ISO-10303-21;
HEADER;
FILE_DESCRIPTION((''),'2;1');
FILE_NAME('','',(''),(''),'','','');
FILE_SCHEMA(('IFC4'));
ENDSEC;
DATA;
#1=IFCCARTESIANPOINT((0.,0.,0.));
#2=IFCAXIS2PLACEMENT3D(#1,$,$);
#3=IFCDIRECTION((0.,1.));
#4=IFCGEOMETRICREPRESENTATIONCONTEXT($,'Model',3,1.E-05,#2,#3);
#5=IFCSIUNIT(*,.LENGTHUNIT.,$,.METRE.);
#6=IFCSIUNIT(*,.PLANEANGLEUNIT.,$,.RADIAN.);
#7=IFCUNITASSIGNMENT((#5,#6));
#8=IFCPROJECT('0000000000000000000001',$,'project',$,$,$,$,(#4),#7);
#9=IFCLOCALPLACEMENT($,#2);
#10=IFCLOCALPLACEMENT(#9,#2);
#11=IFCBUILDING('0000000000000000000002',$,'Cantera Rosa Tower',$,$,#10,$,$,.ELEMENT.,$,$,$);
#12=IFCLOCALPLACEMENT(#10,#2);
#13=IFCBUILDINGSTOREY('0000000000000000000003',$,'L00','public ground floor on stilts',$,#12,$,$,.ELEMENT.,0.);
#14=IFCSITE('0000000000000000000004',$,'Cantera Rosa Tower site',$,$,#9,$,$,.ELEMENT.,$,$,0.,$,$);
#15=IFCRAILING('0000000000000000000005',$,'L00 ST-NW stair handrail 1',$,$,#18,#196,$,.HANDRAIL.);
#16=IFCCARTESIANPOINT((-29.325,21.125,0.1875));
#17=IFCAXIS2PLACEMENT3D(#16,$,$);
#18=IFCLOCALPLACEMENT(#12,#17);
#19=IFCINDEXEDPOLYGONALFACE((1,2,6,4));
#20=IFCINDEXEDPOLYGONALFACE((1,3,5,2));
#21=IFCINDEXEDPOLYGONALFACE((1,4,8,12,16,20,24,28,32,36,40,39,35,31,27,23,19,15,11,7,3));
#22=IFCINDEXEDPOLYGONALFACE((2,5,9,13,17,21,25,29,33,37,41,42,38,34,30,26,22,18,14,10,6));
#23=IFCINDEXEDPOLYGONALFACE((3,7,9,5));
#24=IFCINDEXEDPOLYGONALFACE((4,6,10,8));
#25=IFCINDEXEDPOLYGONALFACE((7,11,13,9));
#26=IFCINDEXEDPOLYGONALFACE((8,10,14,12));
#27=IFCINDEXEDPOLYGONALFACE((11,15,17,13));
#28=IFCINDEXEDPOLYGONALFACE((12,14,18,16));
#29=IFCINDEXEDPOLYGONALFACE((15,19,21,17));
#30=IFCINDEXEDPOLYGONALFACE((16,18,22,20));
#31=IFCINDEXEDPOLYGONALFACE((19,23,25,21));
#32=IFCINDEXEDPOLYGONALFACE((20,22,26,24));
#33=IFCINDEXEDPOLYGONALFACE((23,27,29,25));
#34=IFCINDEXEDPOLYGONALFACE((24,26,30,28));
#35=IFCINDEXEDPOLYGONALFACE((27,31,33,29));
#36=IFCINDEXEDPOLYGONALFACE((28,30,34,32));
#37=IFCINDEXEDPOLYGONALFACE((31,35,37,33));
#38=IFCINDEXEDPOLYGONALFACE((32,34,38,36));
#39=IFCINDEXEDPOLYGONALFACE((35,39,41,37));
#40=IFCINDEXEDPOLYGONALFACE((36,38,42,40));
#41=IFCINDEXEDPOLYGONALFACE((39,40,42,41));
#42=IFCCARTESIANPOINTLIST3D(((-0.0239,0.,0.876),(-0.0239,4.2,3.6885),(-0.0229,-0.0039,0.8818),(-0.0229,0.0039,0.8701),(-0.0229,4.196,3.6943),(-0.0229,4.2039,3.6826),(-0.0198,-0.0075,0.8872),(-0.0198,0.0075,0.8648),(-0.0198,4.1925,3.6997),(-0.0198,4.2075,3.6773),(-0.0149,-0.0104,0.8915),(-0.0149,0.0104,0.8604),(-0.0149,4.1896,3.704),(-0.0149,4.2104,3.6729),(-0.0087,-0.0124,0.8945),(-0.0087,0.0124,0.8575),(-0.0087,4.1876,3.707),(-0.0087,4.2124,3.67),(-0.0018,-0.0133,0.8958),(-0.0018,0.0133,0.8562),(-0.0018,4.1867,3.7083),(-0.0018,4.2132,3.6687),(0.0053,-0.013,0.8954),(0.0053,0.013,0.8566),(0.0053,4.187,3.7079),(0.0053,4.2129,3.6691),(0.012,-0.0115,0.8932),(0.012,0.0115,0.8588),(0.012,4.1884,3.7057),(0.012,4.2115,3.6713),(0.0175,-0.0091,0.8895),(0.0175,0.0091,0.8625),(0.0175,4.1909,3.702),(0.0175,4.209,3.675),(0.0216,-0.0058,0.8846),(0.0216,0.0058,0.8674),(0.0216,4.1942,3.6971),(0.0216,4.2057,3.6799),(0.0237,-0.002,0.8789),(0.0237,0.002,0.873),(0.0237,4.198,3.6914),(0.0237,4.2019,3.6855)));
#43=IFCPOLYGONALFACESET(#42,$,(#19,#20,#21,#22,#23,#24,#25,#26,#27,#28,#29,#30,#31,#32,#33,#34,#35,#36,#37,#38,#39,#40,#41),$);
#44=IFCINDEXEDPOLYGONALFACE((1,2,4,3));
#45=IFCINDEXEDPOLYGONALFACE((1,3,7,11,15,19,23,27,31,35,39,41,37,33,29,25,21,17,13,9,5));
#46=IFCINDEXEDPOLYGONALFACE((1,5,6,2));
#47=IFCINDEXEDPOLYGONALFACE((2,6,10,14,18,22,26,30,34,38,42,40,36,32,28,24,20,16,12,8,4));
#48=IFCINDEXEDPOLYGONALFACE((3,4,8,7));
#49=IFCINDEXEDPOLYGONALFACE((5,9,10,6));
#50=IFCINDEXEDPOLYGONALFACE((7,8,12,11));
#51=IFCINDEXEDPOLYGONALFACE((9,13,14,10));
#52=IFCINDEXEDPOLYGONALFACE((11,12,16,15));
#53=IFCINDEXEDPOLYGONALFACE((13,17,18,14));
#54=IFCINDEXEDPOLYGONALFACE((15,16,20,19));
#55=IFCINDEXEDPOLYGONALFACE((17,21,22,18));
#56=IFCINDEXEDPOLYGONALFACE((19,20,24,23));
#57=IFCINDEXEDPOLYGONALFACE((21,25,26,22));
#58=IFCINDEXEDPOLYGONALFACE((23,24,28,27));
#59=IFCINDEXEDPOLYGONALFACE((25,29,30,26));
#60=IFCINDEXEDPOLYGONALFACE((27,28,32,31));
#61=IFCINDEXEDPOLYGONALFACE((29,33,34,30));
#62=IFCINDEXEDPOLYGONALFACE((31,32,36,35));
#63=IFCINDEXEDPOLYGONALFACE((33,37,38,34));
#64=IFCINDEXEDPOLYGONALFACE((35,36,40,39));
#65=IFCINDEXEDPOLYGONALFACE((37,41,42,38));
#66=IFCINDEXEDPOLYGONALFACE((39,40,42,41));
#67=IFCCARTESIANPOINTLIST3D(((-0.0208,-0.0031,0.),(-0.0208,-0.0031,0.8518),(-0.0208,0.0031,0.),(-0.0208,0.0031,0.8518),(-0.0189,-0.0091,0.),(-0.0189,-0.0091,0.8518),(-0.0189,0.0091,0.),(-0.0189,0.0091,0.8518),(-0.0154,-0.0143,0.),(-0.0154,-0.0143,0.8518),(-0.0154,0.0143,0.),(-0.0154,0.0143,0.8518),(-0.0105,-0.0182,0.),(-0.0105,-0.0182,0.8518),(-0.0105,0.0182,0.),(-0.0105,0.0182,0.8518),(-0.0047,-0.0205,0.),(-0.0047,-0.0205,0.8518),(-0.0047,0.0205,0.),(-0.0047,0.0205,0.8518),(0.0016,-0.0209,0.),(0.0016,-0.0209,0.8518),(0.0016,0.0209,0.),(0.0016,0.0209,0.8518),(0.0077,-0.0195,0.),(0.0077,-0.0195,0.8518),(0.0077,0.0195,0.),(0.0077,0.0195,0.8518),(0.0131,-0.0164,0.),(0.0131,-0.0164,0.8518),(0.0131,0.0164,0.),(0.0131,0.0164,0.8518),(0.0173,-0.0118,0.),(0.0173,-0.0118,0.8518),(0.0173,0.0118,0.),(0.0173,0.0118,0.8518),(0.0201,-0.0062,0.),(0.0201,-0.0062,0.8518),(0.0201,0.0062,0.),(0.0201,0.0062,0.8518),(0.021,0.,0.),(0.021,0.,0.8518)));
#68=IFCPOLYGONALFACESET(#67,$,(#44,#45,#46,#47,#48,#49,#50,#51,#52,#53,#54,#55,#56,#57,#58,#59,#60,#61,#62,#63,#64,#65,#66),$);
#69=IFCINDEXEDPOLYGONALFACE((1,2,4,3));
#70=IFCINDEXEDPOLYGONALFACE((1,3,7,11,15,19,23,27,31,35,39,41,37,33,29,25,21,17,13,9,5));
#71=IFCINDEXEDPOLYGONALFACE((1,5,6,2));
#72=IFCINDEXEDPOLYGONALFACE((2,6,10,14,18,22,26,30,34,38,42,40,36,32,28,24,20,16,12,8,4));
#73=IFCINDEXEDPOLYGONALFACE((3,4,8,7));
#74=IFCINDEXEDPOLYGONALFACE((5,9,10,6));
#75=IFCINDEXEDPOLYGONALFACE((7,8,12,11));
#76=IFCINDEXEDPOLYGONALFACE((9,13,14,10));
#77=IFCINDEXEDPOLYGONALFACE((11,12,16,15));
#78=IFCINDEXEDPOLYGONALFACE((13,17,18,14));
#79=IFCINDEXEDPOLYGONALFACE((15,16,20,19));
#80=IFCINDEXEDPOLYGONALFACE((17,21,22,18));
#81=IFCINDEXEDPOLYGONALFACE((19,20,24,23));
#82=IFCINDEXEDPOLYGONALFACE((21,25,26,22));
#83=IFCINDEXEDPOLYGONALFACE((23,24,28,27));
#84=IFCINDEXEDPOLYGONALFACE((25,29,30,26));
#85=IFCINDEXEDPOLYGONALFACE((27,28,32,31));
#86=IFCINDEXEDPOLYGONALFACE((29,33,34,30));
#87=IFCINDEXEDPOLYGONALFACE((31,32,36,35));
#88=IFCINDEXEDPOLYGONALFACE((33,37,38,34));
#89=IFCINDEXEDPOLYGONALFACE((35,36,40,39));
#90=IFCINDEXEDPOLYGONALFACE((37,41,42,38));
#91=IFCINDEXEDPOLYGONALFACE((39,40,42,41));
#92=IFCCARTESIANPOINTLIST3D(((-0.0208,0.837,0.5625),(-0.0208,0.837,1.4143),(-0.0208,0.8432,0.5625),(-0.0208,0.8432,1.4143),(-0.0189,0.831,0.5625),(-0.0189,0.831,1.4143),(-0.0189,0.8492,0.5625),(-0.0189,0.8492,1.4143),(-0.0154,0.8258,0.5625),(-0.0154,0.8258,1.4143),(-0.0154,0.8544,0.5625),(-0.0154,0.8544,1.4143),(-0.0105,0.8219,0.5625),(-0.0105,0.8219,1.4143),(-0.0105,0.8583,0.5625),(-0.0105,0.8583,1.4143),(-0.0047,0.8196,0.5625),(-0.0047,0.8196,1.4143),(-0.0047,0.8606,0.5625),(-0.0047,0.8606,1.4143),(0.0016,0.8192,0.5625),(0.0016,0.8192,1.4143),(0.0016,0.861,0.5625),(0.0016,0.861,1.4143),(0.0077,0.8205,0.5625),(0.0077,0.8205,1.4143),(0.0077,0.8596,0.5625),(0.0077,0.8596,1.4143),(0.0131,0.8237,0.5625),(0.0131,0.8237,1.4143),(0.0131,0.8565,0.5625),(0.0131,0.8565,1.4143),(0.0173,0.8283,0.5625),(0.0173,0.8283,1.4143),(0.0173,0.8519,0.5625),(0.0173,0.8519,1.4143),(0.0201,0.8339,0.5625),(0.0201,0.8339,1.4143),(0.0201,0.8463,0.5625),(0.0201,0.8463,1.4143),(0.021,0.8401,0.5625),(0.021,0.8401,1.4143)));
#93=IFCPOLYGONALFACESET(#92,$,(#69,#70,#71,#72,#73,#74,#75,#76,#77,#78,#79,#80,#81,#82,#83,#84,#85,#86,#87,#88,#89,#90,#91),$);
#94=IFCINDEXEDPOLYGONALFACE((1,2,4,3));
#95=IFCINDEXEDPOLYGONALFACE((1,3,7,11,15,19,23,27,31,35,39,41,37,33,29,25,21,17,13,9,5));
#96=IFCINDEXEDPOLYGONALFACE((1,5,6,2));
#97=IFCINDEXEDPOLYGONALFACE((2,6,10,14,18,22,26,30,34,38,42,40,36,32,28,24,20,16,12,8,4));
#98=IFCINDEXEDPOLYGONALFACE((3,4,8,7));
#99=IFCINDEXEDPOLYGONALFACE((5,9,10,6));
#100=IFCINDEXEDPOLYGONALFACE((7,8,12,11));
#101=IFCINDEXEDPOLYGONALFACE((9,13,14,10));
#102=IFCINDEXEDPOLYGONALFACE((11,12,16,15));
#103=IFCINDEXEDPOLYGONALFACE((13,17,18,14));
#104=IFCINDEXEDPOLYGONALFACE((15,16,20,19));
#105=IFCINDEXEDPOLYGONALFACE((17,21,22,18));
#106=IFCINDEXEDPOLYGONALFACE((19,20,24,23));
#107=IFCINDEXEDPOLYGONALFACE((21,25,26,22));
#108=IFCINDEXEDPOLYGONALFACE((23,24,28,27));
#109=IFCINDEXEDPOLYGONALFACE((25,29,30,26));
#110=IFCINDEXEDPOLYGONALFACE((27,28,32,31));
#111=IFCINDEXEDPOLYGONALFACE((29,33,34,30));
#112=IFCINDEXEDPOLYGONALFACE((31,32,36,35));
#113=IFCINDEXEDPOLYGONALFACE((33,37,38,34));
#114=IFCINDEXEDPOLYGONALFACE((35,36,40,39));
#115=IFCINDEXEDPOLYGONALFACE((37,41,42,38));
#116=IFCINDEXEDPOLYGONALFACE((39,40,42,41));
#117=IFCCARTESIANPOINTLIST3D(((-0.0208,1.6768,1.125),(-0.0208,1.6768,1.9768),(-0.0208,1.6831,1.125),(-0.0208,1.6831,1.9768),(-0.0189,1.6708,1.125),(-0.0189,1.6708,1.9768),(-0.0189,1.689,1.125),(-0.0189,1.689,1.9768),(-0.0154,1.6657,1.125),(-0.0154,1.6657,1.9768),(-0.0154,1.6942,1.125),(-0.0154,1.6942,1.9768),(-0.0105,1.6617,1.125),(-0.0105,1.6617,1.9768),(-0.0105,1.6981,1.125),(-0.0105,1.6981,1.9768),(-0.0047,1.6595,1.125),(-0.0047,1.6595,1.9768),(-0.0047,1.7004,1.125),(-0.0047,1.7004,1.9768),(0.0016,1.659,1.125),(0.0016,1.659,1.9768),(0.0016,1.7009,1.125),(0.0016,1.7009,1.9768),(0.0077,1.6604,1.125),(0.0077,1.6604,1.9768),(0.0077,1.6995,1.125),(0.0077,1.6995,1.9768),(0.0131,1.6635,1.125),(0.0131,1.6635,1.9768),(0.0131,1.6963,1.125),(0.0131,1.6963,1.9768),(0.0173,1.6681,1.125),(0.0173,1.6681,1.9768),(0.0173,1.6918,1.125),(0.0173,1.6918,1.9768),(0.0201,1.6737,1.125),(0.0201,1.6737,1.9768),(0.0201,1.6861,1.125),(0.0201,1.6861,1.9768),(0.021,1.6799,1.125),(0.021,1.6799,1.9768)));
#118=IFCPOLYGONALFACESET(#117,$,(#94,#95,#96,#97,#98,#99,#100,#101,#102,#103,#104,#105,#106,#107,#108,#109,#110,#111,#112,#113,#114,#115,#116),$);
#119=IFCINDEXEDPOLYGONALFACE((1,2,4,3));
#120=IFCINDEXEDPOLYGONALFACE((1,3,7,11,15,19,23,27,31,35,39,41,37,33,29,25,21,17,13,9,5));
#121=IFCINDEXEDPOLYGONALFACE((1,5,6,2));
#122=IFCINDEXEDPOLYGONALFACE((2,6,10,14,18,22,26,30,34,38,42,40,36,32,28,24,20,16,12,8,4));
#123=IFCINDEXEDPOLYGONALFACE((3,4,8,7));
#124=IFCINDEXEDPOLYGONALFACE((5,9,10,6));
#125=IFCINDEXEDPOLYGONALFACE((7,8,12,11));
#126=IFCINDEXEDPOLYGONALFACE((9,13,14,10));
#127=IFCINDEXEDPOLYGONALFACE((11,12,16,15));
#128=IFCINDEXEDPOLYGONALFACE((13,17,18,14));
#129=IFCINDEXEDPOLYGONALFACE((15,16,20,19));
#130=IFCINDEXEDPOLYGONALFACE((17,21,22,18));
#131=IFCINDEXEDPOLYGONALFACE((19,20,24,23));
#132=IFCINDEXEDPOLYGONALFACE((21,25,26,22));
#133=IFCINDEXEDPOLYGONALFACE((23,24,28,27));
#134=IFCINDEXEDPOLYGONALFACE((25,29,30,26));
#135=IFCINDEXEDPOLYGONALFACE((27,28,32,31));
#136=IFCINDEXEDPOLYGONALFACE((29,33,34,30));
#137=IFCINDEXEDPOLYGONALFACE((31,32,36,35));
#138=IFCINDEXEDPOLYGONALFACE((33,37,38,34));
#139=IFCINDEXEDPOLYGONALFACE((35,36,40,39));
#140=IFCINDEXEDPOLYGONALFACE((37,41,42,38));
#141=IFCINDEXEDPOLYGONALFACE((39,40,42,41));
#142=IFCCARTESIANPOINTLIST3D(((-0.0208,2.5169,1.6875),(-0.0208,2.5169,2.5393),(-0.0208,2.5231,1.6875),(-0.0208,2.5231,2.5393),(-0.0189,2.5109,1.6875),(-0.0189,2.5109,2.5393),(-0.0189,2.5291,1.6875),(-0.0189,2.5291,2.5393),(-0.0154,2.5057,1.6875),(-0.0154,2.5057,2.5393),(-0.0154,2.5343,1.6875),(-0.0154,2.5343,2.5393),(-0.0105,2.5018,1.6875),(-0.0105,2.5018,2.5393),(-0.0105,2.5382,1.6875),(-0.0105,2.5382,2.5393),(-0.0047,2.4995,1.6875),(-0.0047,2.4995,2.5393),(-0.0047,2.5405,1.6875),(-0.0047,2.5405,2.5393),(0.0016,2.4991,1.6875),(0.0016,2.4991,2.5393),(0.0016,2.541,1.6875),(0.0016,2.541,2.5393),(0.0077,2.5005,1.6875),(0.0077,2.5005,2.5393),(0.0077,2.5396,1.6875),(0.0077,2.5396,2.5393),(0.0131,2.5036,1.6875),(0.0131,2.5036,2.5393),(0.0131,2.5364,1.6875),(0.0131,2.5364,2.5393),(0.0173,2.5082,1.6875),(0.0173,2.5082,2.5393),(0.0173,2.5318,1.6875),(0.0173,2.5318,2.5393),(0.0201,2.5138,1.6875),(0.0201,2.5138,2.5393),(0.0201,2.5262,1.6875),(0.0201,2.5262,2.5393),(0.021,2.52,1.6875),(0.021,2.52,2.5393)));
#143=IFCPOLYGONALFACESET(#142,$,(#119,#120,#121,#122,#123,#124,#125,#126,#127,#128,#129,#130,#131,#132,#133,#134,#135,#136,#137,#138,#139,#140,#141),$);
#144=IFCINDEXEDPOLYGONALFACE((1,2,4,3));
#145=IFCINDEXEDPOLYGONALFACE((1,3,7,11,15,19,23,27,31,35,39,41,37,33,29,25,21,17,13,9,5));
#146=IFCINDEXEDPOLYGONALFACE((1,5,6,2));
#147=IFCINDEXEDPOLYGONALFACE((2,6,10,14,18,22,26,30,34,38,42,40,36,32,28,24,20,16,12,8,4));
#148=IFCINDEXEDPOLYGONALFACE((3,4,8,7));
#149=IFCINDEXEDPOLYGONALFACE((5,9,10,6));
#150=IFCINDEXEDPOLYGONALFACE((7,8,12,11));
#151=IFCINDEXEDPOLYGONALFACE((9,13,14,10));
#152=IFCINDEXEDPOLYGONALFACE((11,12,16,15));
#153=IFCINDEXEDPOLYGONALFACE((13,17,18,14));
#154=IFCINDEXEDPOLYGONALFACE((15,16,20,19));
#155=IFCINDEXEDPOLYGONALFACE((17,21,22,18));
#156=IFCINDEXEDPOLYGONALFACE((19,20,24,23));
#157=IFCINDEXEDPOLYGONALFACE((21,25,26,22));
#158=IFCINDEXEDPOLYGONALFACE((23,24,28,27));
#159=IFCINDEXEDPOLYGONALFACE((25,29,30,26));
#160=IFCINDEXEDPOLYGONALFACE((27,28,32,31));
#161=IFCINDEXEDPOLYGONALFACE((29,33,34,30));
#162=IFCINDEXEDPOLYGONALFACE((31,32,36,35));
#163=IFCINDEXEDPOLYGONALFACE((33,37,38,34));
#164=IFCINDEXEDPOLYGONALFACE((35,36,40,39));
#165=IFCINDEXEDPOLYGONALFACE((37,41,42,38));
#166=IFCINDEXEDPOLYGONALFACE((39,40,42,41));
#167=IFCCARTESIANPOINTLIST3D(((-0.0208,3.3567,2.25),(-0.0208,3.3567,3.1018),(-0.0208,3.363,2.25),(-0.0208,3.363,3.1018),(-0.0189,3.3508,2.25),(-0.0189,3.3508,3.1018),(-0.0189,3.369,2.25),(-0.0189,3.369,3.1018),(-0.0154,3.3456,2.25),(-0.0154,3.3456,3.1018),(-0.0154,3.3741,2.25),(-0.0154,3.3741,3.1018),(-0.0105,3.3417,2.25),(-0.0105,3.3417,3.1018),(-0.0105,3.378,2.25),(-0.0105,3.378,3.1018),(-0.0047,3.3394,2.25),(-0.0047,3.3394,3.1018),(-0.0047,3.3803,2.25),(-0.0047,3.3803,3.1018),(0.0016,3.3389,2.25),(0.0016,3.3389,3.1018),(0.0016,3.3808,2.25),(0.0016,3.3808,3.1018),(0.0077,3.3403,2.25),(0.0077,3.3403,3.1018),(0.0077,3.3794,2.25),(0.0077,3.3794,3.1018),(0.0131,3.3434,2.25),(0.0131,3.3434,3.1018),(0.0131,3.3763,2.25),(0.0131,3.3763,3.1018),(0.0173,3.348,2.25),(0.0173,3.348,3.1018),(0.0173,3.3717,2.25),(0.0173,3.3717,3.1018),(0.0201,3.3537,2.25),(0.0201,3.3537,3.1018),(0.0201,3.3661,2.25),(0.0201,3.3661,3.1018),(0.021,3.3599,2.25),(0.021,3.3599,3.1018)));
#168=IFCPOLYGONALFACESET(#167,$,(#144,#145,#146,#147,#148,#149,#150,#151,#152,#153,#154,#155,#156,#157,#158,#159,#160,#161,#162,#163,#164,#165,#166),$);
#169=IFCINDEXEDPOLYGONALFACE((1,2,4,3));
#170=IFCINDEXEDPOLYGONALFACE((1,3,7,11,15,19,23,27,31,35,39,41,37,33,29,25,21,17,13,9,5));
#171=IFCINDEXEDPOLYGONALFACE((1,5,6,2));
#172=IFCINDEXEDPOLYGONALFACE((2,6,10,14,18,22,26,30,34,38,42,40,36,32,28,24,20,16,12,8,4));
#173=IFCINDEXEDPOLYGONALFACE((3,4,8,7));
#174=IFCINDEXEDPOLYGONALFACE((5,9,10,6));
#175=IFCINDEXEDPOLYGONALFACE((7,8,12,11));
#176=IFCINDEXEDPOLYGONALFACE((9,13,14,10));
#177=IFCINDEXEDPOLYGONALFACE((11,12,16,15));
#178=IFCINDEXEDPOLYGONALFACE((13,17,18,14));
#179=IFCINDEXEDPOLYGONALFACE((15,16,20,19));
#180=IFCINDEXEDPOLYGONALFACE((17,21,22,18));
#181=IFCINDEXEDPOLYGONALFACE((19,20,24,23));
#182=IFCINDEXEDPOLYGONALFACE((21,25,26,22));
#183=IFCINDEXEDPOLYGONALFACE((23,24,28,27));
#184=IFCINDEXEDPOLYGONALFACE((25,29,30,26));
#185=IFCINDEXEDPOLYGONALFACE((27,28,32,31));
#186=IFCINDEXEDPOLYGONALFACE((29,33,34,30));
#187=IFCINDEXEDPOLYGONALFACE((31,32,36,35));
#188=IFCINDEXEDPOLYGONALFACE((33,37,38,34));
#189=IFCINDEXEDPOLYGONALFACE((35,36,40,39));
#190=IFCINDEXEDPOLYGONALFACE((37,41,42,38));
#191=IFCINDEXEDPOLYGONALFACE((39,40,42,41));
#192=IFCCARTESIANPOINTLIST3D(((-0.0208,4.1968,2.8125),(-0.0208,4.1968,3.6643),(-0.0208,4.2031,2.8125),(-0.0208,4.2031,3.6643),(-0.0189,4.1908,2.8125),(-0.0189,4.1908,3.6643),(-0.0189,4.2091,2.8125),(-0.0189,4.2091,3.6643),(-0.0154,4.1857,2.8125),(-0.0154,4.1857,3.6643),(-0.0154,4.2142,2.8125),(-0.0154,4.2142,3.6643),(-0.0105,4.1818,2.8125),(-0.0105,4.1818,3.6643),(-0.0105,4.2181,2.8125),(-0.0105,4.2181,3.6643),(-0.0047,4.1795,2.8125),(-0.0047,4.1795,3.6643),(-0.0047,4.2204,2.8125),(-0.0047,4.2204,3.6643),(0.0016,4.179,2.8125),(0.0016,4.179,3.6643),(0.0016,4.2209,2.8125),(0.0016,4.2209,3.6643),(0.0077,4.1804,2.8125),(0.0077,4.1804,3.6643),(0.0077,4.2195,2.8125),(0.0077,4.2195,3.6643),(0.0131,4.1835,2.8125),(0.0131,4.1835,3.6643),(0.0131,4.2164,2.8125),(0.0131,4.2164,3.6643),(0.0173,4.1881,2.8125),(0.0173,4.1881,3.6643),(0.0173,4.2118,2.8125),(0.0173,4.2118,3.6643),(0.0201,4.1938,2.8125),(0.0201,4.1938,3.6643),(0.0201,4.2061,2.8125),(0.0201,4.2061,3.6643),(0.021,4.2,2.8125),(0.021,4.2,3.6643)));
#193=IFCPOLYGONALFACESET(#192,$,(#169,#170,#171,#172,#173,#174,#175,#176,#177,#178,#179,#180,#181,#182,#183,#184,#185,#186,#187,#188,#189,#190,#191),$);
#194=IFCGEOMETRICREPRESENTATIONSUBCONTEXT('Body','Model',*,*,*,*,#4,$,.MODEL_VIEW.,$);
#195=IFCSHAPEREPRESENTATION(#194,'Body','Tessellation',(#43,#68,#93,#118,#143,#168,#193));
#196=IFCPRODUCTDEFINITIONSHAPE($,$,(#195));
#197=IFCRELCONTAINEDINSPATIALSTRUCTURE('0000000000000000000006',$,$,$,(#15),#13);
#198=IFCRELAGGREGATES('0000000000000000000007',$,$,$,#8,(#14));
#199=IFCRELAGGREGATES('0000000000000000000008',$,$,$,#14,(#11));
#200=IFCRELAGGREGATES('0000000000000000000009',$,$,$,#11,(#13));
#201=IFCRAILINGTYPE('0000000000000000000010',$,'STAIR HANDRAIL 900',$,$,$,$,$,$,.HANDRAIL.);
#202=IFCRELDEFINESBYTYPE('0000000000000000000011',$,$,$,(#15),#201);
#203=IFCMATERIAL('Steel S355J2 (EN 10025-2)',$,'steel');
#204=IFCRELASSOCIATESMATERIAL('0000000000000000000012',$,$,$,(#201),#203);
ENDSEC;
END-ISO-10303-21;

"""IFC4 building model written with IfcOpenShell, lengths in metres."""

from ifc_helpers import new_model, si_unit, direction, frame, origin, origin_2d, place, context, subcontext, project, spatial, circle, extrude, material, type_object, element, save


model = new_model("IFC4")

# Units and contexts
model_context = context("Model", 3, precision=1e-05, world=origin(), true_north=direction((0.0, 1.0)))
body_context = subcontext(model_context, "Body", "Model", "MODEL_VIEW")
ifc_project = project(units=[si_unit("LENGTHUNIT", "METRE"), si_unit("PLANEANGLEUNIT", "RADIAN")], contexts=[model_context])

# Site, building, storey
site_placement = place(None, origin())
site = spatial("IfcSite", under=ifc_project, at=site_placement, Name="Cantera Rosa Tower site", CompositionType="ELEMENT", RefElevation=0.0)
building_placement = place(site_placement, origin())
building = spatial("IfcBuilding", under=site, at=building_placement, Name="Cantera Rosa Tower", CompositionType="ELEMENT")
storey_placement = place(building_placement, origin())
storey = spatial("IfcBuildingStorey", under=building, at=storey_placement, Name="L00", Description="public ground floor on stilts", CompositionType="ELEMENT", Elevation=0.0)

# Railing
ifc_material_1 = material(Name="Steel S355J2 (EN 10025-2)", Category="steel")
railing_type_1 = type_object("IfcRailingType", Name="STAIR HANDRAIL 900", PredefinedType="HANDRAIL", material=ifc_material_1)
for number, where, name in (
    (1, (-29.325, 21.125, 0.1875), "L00 ST-NW stair handrail 1"),
):
    element("IfcRailing", number, at=place(storey_placement, frame(where)), inside=storey, type_object=railing_type_1, Name=name, PredefinedType="HANDRAIL", context=body_context, shape_type="SweptSolid", body=[
        extrude(circle(Radius=0.0239, at=origin_2d()), frame((0.0, 0.0, 0.876), z_axis=(0.0, 0.830904, 0.556416), x_axis=(-1.0, 0.0, 0.0)), (0.0, 0.0, 1.0), 5.0547),
        extrude(circle(Radius=0.021, at=origin_2d()), origin(), (0.0, 0.0, 1.0), 0.8518),
        extrude(circle(Radius=0.021, at=origin_2d()), frame((0.0, 0.8401, 0.5625)), (0.0, 0.0, 1.0), 0.8518),
        extrude(circle(Radius=0.021, at=origin_2d()), frame((0.0, 1.6799, 1.125)), (0.0, 0.0, 1.0), 0.8518),
        extrude(circle(Radius=0.021, at=origin_2d()), frame((0.0, 2.52, 1.6875)), (0.0, 0.0, 1.0), 0.8518),
        extrude(circle(Radius=0.021, at=origin_2d()), frame((0.0, 3.3599, 2.25)), (0.0, 0.0, 1.0), 0.8518),
        extrude(circle(Radius=0.021, at=origin_2d()), frame((0.0, 4.2, 2.8125)), (0.0, 0.0, 1.0), 0.8518),
    ])

save(model, "model.ifc")
